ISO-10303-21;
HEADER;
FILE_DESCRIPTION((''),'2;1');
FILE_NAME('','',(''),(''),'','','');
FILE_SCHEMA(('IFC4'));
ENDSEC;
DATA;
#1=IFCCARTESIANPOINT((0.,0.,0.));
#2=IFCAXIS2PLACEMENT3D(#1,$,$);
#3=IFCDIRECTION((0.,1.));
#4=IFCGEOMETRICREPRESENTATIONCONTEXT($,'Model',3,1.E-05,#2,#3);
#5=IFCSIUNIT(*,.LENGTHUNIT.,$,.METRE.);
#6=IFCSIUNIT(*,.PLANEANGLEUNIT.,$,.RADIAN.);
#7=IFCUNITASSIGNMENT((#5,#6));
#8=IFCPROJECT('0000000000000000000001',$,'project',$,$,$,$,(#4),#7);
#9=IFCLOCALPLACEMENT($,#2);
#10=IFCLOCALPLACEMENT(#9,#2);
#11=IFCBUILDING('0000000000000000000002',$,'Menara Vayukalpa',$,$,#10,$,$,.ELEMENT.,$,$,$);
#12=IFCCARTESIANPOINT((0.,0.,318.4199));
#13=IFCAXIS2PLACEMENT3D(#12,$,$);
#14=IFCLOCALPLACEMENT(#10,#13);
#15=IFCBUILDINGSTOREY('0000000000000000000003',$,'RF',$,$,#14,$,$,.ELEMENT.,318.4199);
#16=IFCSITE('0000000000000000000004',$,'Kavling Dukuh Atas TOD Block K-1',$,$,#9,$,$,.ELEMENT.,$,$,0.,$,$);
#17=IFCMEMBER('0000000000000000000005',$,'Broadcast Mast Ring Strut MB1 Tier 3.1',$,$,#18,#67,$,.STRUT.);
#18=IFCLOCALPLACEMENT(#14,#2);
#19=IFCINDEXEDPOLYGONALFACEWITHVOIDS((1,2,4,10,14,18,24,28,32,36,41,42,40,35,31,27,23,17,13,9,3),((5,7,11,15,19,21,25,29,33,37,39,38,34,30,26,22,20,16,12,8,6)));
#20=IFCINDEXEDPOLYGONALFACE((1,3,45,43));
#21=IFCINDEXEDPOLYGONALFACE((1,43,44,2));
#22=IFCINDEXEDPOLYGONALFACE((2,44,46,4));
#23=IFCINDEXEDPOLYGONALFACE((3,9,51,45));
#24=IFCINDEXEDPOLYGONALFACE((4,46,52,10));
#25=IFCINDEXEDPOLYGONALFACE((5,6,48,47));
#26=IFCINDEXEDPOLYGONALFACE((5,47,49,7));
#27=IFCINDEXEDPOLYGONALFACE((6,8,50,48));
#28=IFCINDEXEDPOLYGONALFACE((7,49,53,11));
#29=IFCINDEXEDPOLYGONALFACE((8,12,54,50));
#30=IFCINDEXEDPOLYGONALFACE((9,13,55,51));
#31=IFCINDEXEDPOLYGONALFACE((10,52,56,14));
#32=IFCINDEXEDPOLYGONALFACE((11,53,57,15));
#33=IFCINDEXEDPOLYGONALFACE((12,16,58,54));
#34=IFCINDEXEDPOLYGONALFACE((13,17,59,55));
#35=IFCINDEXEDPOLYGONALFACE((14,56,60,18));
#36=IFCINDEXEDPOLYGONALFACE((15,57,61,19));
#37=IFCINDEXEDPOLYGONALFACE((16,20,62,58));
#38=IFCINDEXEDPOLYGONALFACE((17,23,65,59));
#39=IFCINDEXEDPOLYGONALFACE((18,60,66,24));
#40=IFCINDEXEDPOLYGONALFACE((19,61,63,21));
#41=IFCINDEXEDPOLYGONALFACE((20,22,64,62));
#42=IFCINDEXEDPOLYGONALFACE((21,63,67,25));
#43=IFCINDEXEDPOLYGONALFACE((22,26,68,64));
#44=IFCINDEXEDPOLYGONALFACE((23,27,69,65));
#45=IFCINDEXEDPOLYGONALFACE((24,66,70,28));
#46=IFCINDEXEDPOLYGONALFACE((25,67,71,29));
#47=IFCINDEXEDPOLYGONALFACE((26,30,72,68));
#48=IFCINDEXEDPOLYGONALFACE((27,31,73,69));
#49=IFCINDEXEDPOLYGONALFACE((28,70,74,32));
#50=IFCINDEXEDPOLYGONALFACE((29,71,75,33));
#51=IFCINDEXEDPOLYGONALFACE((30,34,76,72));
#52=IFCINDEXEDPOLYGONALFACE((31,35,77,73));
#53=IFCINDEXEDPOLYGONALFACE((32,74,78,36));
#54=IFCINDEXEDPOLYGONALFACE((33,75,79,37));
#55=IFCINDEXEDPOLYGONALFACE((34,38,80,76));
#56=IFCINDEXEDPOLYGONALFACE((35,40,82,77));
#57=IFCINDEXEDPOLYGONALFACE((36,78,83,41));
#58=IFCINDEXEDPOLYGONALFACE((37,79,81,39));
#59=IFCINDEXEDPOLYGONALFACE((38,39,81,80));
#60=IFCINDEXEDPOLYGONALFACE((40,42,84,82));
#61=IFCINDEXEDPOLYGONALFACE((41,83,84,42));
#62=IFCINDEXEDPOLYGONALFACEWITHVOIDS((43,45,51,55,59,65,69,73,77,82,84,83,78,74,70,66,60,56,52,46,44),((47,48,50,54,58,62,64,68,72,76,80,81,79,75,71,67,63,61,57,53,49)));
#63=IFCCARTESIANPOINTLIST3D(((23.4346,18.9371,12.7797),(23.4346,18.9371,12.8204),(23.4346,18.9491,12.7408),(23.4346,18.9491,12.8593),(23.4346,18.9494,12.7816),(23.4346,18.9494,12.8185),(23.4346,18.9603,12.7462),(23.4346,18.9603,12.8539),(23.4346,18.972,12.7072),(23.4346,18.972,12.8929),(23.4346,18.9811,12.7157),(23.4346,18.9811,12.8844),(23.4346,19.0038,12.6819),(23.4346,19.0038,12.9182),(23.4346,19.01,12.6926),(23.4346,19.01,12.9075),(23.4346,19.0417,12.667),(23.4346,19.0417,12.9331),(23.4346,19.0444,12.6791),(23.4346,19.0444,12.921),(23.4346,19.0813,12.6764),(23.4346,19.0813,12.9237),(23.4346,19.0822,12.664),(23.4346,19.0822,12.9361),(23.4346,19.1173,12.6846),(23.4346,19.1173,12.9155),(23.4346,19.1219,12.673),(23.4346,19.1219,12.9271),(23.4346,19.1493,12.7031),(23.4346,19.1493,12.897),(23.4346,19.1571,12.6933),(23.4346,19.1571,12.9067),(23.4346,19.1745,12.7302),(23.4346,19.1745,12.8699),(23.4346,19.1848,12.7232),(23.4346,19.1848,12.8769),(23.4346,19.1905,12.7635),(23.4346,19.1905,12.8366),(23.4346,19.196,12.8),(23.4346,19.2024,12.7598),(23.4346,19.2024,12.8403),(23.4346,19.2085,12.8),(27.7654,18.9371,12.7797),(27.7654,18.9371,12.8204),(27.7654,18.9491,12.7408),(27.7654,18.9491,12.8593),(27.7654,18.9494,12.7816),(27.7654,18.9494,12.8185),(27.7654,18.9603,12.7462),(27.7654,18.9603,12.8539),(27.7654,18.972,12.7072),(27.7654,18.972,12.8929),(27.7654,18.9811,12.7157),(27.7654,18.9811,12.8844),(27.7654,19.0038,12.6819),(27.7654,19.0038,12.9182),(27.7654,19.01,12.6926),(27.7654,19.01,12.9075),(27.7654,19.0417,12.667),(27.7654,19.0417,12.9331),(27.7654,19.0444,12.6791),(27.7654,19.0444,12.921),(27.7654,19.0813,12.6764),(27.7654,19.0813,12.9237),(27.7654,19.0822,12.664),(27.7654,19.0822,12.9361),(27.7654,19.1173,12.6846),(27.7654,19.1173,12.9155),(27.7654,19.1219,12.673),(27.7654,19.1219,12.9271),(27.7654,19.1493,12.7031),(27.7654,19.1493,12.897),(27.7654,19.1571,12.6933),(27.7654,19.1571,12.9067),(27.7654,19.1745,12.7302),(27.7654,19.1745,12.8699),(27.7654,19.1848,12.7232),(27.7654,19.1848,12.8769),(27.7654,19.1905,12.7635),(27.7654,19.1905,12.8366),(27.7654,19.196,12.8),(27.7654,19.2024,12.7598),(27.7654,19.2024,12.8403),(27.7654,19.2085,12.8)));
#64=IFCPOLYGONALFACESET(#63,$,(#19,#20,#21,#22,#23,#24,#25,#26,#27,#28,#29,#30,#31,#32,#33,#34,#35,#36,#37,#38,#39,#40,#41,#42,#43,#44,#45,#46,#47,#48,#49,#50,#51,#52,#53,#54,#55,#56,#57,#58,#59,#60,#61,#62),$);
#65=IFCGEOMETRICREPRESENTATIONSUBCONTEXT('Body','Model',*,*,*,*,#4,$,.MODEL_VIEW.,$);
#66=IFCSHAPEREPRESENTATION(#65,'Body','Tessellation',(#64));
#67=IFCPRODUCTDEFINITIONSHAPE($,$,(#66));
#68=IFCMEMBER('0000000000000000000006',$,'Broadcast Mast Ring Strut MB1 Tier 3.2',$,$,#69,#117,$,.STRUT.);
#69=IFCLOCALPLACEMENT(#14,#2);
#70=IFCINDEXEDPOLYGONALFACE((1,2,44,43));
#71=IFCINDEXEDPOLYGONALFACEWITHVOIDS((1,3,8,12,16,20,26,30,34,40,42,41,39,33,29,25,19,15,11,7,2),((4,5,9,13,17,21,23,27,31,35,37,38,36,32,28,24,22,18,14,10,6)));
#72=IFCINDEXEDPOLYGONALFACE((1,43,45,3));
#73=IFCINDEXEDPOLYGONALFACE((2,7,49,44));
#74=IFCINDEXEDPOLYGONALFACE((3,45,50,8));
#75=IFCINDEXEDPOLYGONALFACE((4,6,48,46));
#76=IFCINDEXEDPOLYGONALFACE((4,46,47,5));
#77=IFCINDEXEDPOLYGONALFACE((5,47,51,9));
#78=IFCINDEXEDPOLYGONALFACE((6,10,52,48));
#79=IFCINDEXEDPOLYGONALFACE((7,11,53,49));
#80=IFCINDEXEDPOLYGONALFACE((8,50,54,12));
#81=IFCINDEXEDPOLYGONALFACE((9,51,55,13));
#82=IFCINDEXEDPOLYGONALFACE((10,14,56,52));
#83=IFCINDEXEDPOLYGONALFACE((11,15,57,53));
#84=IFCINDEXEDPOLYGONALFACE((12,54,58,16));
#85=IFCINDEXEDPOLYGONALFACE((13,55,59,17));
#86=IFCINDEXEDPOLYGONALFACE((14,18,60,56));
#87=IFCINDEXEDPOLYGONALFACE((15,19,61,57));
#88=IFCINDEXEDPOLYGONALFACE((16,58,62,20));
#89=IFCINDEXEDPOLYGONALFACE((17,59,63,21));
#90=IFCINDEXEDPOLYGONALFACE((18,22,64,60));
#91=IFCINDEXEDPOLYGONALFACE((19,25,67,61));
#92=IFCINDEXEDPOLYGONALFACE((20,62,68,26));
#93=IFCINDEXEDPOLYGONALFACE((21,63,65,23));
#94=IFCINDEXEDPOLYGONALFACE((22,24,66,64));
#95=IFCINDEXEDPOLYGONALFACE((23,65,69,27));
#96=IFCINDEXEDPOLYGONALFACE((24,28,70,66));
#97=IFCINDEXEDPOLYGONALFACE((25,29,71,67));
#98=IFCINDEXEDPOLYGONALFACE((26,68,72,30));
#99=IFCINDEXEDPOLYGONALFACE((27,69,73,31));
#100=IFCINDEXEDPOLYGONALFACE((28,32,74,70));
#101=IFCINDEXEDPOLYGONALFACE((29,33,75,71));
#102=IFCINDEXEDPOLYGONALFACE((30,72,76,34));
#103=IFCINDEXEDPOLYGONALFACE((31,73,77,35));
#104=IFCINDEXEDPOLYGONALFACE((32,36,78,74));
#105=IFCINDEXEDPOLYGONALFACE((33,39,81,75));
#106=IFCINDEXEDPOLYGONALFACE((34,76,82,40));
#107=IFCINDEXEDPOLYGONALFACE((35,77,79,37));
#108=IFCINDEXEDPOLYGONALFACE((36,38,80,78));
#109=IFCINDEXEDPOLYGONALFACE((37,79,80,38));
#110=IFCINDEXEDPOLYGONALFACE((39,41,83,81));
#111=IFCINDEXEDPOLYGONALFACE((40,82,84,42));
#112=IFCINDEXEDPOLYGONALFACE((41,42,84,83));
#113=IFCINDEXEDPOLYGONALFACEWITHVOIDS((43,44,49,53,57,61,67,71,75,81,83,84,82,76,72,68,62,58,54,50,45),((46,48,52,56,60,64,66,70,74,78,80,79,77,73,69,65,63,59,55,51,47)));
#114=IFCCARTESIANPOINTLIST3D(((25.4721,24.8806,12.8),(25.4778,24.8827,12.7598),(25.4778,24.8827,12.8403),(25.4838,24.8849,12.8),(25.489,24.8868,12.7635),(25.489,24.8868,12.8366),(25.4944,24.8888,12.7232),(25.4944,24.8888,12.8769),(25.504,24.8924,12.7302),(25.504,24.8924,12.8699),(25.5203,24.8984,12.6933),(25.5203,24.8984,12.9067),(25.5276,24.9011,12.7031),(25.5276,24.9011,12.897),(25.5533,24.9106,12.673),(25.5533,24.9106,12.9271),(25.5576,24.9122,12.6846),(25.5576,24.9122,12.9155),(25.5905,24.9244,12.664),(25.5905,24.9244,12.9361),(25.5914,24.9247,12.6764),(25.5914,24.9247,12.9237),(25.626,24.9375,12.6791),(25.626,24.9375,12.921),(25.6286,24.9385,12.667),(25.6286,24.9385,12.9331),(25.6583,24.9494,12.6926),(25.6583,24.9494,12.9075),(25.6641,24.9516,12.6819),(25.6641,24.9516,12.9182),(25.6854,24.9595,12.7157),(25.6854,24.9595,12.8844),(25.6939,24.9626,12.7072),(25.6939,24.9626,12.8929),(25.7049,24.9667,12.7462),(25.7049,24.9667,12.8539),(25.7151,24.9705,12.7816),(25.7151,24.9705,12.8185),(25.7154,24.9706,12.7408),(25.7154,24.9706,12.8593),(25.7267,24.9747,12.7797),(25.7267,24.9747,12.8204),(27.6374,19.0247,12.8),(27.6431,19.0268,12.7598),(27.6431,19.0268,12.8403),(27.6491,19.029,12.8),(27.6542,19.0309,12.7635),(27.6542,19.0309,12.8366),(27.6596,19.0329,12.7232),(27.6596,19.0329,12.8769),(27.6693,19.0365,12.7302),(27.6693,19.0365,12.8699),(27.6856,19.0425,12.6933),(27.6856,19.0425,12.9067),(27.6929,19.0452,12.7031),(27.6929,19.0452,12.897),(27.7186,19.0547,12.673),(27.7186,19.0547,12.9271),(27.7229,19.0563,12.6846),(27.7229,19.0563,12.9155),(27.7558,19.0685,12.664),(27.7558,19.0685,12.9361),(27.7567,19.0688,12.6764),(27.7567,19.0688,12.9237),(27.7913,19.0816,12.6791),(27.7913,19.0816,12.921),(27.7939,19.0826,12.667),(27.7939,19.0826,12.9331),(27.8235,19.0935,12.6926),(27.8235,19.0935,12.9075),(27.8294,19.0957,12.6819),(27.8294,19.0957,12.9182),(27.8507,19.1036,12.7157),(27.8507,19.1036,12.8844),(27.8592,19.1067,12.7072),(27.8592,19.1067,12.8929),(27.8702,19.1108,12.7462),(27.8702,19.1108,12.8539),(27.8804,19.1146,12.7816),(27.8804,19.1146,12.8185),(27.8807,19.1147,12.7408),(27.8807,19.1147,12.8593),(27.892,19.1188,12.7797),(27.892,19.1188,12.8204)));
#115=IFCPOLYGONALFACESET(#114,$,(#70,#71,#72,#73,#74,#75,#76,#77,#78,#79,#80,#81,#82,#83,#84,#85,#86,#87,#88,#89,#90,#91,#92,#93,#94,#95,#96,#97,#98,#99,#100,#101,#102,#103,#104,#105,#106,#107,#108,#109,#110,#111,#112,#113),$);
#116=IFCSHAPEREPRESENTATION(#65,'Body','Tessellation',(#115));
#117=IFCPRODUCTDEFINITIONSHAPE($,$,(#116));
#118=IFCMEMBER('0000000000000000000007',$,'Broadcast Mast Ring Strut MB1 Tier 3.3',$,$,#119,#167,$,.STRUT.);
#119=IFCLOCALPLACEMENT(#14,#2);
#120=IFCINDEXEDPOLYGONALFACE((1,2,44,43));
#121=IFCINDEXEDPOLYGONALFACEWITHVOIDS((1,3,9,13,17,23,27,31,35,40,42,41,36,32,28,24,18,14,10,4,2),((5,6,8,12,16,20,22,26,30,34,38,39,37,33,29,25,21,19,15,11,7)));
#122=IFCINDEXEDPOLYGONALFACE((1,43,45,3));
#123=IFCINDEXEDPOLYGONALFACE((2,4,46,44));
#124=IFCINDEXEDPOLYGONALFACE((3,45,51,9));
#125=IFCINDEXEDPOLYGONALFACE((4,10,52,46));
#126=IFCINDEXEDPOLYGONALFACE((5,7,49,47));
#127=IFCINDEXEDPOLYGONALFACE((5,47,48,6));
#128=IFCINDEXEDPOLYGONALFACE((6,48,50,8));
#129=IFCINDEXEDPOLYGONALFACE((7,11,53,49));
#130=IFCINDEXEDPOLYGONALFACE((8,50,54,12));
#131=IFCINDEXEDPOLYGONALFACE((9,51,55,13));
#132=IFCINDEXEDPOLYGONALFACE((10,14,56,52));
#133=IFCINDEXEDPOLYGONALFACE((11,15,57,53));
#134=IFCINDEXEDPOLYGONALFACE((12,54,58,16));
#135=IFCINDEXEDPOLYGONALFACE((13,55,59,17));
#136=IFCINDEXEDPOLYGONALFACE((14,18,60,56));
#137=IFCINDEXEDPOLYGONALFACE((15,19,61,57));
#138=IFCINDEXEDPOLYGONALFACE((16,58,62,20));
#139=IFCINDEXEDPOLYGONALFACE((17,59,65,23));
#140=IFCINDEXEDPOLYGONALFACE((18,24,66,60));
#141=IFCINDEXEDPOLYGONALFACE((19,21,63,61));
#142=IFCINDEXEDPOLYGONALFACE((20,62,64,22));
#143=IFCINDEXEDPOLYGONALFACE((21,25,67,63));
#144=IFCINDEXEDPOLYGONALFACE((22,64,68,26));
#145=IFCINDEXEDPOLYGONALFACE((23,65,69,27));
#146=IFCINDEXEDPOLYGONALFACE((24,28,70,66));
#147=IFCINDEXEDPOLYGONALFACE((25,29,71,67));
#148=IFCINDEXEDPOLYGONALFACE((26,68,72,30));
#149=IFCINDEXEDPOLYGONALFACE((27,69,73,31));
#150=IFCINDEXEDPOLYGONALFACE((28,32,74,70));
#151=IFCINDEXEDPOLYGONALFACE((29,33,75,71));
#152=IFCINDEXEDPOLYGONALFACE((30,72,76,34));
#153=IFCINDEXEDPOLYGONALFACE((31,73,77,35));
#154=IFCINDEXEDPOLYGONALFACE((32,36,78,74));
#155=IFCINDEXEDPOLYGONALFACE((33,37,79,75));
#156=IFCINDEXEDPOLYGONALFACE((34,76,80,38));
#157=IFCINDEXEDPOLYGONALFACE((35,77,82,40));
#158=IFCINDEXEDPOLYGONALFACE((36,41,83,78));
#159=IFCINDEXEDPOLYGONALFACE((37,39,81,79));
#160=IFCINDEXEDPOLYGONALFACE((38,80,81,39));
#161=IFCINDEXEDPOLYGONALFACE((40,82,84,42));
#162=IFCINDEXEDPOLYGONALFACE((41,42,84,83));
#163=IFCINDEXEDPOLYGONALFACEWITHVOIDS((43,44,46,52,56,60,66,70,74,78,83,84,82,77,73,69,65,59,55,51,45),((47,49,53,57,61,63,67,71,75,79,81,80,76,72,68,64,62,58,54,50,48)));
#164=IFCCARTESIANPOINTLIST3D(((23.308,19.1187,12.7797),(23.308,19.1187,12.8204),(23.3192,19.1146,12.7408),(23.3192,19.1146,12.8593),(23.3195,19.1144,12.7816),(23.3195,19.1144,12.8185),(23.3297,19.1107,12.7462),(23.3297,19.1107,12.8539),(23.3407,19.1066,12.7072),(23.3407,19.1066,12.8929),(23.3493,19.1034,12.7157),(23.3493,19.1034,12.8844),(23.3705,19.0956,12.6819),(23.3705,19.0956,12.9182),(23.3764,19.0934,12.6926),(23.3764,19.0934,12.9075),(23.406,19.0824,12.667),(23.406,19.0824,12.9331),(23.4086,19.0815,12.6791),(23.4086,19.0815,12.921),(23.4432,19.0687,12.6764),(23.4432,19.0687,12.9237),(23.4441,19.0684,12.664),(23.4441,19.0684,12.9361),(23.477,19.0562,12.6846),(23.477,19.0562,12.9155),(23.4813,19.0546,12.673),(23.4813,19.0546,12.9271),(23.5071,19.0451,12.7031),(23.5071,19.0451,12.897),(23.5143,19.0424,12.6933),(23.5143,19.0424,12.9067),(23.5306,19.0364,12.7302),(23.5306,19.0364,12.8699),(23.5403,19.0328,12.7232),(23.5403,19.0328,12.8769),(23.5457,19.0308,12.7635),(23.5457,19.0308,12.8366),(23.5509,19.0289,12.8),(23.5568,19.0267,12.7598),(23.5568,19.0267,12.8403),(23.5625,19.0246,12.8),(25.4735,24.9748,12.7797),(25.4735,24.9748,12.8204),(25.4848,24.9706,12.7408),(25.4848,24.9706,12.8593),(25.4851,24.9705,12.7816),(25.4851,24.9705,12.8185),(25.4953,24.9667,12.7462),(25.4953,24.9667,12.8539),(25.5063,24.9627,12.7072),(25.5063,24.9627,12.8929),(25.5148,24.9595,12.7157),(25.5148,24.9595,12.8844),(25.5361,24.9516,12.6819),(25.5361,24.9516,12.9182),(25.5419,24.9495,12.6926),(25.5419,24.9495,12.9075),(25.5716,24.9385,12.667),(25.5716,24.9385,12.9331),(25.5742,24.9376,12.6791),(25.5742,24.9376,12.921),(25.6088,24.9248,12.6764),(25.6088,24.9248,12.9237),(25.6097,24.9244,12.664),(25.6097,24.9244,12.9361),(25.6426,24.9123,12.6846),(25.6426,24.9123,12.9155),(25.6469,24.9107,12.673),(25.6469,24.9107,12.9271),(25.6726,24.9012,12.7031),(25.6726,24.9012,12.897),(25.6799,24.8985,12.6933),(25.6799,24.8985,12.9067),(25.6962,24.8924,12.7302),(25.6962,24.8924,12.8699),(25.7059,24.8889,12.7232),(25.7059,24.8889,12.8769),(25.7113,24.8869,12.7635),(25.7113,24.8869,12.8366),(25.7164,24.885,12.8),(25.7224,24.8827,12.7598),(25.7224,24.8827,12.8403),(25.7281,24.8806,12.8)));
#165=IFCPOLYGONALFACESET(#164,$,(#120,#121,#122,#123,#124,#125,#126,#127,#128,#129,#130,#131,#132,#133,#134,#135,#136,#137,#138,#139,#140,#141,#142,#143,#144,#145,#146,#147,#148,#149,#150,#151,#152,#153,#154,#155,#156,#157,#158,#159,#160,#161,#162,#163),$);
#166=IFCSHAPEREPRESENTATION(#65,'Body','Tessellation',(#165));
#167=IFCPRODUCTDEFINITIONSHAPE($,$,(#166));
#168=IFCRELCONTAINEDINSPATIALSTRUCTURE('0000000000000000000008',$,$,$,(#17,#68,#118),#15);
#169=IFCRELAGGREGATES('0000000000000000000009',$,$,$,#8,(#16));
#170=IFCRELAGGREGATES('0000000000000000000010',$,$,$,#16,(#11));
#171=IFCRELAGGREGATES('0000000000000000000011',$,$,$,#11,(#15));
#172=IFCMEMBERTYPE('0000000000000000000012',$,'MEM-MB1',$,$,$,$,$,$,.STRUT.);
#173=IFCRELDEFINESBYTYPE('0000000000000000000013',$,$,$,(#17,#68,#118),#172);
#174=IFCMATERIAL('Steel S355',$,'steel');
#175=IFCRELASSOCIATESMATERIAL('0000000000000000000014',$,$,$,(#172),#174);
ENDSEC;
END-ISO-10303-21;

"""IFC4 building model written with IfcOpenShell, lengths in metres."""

from ifc_helpers import new_model, si_unit, direction, frame, origin, origin_2d, place, context, subcontext, project, spatial, hollow_circle, extrude, material, material_profile, profile_set, type_object, element, save


model = new_model("IFC4")

# Units and contexts
model_context = context("Model", 3, precision=1e-05, world=origin(), true_north=direction((0.0, 1.0)))
body_context = subcontext(model_context, "Body", "Model", "MODEL_VIEW")
ifc_project = project(units=[si_unit("LENGTHUNIT", "METRE"), si_unit("PLANEANGLEUNIT", "RADIAN")], contexts=[model_context])

# Site, building, storey
site_placement = place(None, origin())
site = spatial("IfcSite", under=ifc_project, at=site_placement, Name="Kavling Dukuh Atas TOD Block K-1", CompositionType="ELEMENT", RefElevation=0.0)
building_placement = place(site_placement, origin())
building = spatial("IfcBuilding", under=site, at=building_placement, Name="Menara Vayukalpa", CompositionType="ELEMENT")
storey_placement = place(building_placement, frame((0.0, 0.0, 318.4199)))
storey = spatial("IfcBuildingStorey", under=building, at=storey_placement, Name="RF", CompositionType="ELEMENT", Elevation=318.4199)

# Members
ifc_material_1 = material(Name="Steel S355", Category="steel")
ifc_material_profile_1 = material_profile(ifc_material_1, hollow_circle(Radius=0.1365, WallThickness=0.0125, at=origin_2d()), Name="CHS 273.0x12.5")
ifc_profile_set_1 = profile_set([ifc_material_profile_1], Name="Steel S355")
member_type_1 = type_object("IfcMemberType", Name="MEM-MB1", PredefinedType="STRUT", material=ifc_profile_set_1)
member_1_placement = place(storey_placement, frame((23.4346, 19.072, 12.8), z_axis=(1.0, 0.0, 0.0), x_axis=(0.0, 1.0, 0.0)))
element("IfcMember", 1, at=member_1_placement, inside=storey, type_object=member_type_1, Name="Broadcast Mast Ring Strut MB1 Tier 3.1", PredefinedType="STRUT", context=body_context, shape_type="SweptSolid", body=[
    extrude(hollow_circle(Radius=0.1365, WallThickness=0.0125, at=origin_2d()), origin(), (0.0, 0.0, 1.0), 4.3308),
])
member_2_placement = place(storey_placement, frame((27.7654, 19.072, 12.8), z_axis=(-0.346809, 0.937936, 0.0), x_axis=(-0.937936, -0.346809, 0.0)))
element("IfcMember", 2, at=member_2_placement, inside=storey, type_object=member_type_1, Name="Broadcast Mast Ring Strut MB1 Tier 3.2", PredefinedType="STRUT", context=body_context, shape_type="SweptSolid", body=[
    extrude(hollow_circle(Radius=0.1365, WallThickness=0.0125, at=origin_2d()), origin(), (0.0, 0.0, 1.0), 6.2434),
])
member_3_placement = place(storey_placement, frame((25.6001, 24.928, 12.8), z_axis=(-0.346843, -0.937923, 0.0), x_axis=(0.937923, -0.346843, 0.0)))
element("IfcMember", 3, at=member_3_placement, inside=storey, type_object=member_type_1, Name="Broadcast Mast Ring Strut MB1 Tier 3.3", PredefinedType="STRUT", context=body_context, shape_type="SweptSolid", body=[
    extrude(hollow_circle(Radius=0.1365, WallThickness=0.0125, at=origin_2d()), origin(), (0.0, 0.0, 1.0), 6.2437),
])

save(model, "model.ifc")
